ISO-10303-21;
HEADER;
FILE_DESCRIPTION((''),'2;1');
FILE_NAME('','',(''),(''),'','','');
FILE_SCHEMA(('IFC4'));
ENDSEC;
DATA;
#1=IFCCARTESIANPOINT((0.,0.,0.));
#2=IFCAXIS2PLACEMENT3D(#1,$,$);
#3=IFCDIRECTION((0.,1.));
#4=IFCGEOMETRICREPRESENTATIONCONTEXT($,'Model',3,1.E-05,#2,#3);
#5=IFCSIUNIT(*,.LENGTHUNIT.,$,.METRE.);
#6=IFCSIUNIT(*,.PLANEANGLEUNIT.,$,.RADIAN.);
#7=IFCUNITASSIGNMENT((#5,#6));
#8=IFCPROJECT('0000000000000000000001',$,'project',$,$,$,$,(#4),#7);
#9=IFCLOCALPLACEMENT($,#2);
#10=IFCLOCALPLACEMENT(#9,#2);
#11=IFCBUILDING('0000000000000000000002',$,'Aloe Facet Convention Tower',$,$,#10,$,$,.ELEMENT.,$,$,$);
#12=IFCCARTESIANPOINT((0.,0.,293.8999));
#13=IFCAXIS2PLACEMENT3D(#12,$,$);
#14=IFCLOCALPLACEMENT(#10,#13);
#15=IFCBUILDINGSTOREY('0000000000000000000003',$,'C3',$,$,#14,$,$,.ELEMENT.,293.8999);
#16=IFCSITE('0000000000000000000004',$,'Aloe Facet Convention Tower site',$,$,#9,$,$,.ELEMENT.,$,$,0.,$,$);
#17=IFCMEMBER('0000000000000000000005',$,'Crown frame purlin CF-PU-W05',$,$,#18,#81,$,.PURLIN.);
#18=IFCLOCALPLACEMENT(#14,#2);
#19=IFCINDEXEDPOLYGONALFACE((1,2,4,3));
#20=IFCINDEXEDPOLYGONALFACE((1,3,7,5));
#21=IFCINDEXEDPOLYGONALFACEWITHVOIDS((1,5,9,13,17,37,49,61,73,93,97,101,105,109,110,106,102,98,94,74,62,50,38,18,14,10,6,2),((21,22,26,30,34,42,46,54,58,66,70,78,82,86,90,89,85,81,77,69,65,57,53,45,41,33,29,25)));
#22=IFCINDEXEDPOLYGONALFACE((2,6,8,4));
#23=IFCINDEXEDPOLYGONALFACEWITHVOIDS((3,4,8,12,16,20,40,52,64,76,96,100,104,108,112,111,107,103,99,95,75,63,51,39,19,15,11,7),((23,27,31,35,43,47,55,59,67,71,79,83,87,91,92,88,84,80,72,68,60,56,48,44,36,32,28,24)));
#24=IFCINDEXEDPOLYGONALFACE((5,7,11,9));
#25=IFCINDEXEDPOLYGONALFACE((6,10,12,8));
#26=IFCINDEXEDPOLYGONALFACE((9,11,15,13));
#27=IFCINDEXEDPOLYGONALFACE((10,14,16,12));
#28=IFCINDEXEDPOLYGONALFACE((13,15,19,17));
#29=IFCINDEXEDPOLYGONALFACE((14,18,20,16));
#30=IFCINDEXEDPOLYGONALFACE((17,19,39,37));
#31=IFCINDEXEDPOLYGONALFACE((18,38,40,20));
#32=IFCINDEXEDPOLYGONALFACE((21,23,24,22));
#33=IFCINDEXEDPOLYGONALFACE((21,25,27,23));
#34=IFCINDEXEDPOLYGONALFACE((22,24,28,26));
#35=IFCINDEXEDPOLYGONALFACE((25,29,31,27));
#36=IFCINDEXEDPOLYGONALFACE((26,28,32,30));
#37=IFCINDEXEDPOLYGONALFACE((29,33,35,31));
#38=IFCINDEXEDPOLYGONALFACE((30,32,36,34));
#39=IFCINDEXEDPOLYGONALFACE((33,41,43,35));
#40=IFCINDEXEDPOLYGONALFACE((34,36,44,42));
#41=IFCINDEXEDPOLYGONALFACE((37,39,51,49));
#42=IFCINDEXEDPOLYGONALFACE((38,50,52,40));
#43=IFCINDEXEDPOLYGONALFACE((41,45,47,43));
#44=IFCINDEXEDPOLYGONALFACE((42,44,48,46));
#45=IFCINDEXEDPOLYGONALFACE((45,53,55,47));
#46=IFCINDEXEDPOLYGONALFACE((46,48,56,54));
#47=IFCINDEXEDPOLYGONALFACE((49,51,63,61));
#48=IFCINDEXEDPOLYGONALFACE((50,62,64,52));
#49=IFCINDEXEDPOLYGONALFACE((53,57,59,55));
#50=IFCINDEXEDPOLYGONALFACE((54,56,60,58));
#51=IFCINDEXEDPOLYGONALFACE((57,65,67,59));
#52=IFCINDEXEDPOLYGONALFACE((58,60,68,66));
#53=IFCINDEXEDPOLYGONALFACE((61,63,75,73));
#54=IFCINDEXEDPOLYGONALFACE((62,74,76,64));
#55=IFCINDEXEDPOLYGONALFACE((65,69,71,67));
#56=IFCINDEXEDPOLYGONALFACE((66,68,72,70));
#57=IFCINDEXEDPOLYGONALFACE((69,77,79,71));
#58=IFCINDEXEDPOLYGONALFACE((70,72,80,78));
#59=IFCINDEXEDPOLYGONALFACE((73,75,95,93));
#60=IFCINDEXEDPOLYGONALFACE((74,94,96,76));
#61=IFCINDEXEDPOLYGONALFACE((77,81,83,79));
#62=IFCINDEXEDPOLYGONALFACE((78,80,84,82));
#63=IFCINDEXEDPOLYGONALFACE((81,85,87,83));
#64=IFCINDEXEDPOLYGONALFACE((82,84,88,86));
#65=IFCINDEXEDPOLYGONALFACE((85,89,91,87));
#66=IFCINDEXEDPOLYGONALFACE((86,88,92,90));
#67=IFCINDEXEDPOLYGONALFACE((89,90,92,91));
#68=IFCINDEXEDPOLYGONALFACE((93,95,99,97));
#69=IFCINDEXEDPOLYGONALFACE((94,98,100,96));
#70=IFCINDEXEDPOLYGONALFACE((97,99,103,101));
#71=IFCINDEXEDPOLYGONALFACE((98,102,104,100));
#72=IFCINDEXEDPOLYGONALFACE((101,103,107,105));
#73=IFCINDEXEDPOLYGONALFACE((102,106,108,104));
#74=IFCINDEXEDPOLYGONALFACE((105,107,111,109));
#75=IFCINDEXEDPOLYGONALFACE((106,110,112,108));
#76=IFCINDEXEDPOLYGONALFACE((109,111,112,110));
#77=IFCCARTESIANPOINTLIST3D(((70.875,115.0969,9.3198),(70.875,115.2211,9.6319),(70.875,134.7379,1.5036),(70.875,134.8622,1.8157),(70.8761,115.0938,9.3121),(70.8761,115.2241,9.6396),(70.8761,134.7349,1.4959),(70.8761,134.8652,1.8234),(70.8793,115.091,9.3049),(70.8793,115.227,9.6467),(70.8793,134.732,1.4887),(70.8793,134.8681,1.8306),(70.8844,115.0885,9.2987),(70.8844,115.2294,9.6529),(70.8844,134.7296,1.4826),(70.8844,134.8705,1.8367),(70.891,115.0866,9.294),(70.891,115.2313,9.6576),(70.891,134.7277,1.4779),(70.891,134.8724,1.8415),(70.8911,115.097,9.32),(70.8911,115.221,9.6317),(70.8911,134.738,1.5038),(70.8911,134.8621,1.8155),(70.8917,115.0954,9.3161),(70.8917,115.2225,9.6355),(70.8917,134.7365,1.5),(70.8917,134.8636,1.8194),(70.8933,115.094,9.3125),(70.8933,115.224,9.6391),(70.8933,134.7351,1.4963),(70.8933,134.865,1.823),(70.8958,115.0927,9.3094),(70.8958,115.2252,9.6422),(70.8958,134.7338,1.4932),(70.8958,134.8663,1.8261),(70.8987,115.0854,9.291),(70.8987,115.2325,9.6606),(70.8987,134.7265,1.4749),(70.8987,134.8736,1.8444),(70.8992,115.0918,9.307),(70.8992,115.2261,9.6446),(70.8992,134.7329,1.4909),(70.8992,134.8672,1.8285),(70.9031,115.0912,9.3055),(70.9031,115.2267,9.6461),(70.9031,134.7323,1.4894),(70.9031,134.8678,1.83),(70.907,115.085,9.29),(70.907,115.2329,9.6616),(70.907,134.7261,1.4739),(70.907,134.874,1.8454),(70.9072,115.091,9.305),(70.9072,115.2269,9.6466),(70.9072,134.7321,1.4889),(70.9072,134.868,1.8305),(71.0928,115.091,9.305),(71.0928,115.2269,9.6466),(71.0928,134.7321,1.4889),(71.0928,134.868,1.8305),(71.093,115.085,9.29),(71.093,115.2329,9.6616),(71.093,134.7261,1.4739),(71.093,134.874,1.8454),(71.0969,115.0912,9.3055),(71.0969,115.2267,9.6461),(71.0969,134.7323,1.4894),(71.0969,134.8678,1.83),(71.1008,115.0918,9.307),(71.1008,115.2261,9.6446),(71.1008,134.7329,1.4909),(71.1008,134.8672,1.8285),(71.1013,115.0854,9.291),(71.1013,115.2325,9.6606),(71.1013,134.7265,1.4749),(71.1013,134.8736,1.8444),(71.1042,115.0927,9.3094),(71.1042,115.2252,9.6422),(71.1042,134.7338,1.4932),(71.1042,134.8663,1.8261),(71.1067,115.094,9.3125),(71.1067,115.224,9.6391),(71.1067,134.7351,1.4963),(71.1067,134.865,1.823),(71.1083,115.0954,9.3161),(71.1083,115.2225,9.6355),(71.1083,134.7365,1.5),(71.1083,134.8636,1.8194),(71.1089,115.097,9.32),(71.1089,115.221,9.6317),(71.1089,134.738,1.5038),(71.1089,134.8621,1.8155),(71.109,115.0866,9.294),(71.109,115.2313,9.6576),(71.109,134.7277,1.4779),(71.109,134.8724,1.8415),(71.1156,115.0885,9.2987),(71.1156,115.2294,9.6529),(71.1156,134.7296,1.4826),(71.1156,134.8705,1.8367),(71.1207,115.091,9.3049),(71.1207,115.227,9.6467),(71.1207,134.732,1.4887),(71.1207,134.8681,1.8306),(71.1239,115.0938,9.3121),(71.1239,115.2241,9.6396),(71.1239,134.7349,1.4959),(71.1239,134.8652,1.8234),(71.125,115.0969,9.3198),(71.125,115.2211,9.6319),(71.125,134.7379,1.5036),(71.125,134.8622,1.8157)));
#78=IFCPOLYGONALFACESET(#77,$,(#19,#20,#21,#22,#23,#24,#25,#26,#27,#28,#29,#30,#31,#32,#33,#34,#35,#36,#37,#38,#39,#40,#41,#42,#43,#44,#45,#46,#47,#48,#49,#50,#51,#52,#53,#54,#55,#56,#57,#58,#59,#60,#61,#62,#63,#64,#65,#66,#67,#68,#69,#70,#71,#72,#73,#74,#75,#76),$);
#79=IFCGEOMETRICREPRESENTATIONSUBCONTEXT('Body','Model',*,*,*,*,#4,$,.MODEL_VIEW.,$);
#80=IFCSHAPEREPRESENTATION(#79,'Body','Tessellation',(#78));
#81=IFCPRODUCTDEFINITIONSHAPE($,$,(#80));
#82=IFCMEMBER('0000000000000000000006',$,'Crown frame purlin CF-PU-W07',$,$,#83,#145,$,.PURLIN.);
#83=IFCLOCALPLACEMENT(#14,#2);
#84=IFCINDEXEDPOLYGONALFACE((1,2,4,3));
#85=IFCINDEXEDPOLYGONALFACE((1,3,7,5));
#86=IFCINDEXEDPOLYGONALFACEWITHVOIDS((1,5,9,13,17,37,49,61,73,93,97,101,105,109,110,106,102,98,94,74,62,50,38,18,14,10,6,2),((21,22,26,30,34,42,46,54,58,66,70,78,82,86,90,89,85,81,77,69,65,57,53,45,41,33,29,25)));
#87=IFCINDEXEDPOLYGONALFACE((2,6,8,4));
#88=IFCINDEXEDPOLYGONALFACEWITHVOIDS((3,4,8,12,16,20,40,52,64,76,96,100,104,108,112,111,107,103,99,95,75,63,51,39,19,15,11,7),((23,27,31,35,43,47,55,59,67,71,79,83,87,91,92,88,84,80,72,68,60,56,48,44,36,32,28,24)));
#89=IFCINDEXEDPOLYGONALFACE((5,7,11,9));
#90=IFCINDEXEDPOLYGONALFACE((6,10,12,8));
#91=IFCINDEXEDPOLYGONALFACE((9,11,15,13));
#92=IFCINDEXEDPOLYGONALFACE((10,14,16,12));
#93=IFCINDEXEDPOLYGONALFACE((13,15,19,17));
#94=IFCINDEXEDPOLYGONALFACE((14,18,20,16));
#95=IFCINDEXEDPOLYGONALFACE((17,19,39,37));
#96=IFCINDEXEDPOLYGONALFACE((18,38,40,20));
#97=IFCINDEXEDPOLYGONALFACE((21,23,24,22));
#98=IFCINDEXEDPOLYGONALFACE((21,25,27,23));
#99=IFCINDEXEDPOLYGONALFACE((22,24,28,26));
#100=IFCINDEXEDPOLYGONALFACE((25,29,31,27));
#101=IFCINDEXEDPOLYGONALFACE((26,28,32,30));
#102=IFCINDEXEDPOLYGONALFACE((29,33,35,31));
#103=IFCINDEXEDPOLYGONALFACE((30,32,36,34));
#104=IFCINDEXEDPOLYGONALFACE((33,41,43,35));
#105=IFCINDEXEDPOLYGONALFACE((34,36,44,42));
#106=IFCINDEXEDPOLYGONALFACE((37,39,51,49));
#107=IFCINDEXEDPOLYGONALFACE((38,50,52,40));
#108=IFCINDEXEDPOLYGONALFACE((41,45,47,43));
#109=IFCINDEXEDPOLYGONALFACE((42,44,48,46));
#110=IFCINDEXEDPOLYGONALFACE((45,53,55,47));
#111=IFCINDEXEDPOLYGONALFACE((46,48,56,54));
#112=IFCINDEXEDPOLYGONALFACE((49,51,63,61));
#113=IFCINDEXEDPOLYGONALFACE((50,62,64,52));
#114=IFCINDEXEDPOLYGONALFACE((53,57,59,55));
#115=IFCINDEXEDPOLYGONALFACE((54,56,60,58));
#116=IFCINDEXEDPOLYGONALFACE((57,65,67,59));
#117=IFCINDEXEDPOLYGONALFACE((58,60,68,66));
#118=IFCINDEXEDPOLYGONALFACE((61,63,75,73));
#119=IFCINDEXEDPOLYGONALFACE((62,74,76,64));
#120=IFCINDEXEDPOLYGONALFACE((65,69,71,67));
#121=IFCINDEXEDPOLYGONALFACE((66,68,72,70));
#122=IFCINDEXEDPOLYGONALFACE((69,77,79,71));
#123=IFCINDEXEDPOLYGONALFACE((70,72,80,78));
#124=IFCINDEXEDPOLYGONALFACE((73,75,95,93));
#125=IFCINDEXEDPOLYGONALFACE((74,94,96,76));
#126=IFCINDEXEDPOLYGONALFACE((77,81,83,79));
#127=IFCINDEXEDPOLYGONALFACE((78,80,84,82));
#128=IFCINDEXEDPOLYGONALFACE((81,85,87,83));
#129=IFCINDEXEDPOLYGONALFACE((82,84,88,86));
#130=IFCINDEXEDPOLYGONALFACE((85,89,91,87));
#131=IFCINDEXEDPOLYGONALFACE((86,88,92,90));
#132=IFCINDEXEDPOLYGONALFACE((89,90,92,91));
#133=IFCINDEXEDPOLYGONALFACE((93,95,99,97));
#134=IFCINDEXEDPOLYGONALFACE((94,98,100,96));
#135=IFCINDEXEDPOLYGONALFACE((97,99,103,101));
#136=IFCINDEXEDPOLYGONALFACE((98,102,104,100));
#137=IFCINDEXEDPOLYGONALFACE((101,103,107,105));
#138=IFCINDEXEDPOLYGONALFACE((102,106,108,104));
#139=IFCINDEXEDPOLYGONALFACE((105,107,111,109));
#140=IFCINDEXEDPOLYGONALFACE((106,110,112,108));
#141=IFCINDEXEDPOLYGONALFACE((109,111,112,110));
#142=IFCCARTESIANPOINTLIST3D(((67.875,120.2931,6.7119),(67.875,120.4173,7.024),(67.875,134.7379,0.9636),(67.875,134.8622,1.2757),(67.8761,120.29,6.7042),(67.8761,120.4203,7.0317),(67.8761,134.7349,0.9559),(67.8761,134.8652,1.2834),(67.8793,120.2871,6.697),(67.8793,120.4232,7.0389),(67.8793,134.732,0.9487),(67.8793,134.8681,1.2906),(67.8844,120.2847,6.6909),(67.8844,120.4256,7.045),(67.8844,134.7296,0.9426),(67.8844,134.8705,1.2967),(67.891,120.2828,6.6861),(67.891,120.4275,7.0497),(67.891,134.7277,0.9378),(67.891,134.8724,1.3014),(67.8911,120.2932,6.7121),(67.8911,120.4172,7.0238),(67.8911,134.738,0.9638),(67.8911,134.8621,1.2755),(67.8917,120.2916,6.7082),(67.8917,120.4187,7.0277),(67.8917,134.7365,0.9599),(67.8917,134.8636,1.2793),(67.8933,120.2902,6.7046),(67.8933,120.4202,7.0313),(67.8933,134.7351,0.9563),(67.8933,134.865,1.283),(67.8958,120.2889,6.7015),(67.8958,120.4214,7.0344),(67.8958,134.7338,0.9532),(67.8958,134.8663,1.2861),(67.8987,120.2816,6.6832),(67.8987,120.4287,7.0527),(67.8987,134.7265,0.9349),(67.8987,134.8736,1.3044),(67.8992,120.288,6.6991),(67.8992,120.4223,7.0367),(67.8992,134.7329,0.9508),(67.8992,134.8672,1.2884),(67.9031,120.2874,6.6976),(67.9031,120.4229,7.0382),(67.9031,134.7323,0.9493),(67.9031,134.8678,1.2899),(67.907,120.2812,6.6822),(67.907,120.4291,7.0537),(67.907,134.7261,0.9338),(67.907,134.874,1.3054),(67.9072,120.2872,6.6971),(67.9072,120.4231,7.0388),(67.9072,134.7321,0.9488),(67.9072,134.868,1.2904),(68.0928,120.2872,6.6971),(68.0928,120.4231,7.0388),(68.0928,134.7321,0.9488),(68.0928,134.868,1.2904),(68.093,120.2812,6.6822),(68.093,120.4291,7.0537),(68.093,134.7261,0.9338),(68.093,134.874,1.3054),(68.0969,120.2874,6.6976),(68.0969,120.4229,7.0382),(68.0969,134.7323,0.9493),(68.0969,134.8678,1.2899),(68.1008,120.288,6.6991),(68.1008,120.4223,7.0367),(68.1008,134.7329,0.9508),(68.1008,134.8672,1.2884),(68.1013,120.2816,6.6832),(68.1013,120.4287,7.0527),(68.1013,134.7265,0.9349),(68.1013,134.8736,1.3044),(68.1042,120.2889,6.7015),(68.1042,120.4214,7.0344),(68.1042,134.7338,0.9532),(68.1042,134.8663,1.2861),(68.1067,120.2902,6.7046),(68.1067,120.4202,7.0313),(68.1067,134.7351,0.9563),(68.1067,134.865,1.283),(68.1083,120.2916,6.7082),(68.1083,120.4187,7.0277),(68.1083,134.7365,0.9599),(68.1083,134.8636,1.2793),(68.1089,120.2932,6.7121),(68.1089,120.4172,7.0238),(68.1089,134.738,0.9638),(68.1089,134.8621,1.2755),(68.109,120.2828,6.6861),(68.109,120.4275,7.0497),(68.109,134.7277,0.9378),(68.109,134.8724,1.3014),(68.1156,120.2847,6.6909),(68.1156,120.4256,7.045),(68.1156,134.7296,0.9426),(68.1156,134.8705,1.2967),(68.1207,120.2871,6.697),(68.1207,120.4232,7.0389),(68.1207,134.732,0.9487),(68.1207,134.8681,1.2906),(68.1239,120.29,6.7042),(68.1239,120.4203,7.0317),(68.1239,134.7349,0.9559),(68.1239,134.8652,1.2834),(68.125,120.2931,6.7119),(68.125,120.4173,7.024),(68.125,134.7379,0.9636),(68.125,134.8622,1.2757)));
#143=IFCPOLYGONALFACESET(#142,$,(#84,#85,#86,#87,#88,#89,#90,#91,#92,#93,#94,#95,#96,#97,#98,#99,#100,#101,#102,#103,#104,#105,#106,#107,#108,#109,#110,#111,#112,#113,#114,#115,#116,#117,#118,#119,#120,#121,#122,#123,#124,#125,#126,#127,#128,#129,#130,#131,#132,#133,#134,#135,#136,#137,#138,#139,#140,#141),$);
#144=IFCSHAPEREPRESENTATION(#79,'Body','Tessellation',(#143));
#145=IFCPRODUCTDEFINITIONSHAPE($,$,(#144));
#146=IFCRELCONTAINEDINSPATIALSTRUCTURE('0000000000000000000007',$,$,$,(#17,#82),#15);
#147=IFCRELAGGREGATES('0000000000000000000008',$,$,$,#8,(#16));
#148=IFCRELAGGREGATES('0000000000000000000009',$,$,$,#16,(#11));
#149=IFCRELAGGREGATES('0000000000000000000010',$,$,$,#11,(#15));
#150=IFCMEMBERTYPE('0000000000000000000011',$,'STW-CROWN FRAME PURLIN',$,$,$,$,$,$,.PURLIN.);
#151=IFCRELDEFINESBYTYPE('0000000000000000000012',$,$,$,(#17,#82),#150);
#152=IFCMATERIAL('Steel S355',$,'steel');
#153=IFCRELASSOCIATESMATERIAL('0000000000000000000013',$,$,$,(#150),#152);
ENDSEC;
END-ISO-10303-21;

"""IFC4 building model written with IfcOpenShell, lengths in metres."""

from ifc_helpers import new_model, si_unit, direction, frame, origin, origin_2d, place, context, subcontext, project, spatial, hollow_rectangle, extrude, material, material_profile, profile_set, type_object, element, save


model = new_model("IFC4")

# Units and contexts
model_context = context("Model", 3, precision=1e-05, world=origin(), true_north=direction((0.0, 1.0)))
body_context = subcontext(model_context, "Body", "Model", "MODEL_VIEW")
ifc_project = project(units=[si_unit("LENGTHUNIT", "METRE"), si_unit("PLANEANGLEUNIT", "RADIAN")], contexts=[model_context])

# Site, building, storey
site_placement = place(None, origin())
site = spatial("IfcSite", under=ifc_project, at=site_placement, Name="Aloe Facet Convention Tower site", CompositionType="ELEMENT", RefElevation=0.0)
building_placement = place(site_placement, origin())
building = spatial("IfcBuilding", under=site, at=building_placement, Name="Aloe Facet Convention Tower", CompositionType="ELEMENT")
storey_placement = place(building_placement, frame((0.0, 0.0, 293.8999)))
storey = spatial("IfcBuildingStorey", under=building, at=storey_placement, Name="C3", CompositionType="ELEMENT", Elevation=293.8999)

# Members
ifc_material_1 = material(Name="Steel S355", Category="steel")
ifc_material_profile_1 = material_profile(ifc_material_1, hollow_rectangle(XDim=0.25, YDim=0.3999, WallThickness=0.0161, InnerFilletRadius=0.0161, OuterFilletRadius=0.032, at=origin_2d()), Name="RHS 400x250x16")
ifc_profile_set_1 = profile_set([ifc_material_profile_1], Name="Steel S355")
member_type_1 = type_object("IfcMemberType", Name="STW-CROWN FRAME PURLIN", PredefinedType="PURLIN", material=ifc_profile_set_1)
member_1_placement = place(storey_placement, frame((71.0, 134.8, 1.6597), z_axis=(0.0, -0.929132, 0.369747), x_axis=(1.0, 0.0, 0.0)))
element("IfcMember", 1, at=member_1_placement, inside=storey, type_object=member_type_1, Name="Crown frame purlin CF-PU-W05", PredefinedType="PURLIN", context=body_context, shape_type="SweptSolid", body=[
    extrude(hollow_rectangle(XDim=0.25, YDim=0.3999, WallThickness=0.0161, InnerFilletRadius=0.0161, OuterFilletRadius=0.032, at=origin_2d()), origin(), (0.0, 0.0, 1.0), 21.1392),
])
member_2_placement = place(storey_placement, frame((68.0, 134.8, 1.1196), z_axis=(0.0, -0.929133, 0.369747), x_axis=(1.0, 0.0, 0.0)))
element("IfcMember", 2, at=member_2_placement, inside=storey, type_object=member_type_1, Name="Crown frame purlin CF-PU-W07", PredefinedType="PURLIN", context=body_context, shape_type="SweptSolid", body=[
    extrude(hollow_rectangle(XDim=0.25, YDim=0.3999, WallThickness=0.0161, InnerFilletRadius=0.0161, OuterFilletRadius=0.032, at=origin_2d()), origin(), (0.0, 0.0, 1.0), 15.5466),
])

save(model, "model.ifc")
